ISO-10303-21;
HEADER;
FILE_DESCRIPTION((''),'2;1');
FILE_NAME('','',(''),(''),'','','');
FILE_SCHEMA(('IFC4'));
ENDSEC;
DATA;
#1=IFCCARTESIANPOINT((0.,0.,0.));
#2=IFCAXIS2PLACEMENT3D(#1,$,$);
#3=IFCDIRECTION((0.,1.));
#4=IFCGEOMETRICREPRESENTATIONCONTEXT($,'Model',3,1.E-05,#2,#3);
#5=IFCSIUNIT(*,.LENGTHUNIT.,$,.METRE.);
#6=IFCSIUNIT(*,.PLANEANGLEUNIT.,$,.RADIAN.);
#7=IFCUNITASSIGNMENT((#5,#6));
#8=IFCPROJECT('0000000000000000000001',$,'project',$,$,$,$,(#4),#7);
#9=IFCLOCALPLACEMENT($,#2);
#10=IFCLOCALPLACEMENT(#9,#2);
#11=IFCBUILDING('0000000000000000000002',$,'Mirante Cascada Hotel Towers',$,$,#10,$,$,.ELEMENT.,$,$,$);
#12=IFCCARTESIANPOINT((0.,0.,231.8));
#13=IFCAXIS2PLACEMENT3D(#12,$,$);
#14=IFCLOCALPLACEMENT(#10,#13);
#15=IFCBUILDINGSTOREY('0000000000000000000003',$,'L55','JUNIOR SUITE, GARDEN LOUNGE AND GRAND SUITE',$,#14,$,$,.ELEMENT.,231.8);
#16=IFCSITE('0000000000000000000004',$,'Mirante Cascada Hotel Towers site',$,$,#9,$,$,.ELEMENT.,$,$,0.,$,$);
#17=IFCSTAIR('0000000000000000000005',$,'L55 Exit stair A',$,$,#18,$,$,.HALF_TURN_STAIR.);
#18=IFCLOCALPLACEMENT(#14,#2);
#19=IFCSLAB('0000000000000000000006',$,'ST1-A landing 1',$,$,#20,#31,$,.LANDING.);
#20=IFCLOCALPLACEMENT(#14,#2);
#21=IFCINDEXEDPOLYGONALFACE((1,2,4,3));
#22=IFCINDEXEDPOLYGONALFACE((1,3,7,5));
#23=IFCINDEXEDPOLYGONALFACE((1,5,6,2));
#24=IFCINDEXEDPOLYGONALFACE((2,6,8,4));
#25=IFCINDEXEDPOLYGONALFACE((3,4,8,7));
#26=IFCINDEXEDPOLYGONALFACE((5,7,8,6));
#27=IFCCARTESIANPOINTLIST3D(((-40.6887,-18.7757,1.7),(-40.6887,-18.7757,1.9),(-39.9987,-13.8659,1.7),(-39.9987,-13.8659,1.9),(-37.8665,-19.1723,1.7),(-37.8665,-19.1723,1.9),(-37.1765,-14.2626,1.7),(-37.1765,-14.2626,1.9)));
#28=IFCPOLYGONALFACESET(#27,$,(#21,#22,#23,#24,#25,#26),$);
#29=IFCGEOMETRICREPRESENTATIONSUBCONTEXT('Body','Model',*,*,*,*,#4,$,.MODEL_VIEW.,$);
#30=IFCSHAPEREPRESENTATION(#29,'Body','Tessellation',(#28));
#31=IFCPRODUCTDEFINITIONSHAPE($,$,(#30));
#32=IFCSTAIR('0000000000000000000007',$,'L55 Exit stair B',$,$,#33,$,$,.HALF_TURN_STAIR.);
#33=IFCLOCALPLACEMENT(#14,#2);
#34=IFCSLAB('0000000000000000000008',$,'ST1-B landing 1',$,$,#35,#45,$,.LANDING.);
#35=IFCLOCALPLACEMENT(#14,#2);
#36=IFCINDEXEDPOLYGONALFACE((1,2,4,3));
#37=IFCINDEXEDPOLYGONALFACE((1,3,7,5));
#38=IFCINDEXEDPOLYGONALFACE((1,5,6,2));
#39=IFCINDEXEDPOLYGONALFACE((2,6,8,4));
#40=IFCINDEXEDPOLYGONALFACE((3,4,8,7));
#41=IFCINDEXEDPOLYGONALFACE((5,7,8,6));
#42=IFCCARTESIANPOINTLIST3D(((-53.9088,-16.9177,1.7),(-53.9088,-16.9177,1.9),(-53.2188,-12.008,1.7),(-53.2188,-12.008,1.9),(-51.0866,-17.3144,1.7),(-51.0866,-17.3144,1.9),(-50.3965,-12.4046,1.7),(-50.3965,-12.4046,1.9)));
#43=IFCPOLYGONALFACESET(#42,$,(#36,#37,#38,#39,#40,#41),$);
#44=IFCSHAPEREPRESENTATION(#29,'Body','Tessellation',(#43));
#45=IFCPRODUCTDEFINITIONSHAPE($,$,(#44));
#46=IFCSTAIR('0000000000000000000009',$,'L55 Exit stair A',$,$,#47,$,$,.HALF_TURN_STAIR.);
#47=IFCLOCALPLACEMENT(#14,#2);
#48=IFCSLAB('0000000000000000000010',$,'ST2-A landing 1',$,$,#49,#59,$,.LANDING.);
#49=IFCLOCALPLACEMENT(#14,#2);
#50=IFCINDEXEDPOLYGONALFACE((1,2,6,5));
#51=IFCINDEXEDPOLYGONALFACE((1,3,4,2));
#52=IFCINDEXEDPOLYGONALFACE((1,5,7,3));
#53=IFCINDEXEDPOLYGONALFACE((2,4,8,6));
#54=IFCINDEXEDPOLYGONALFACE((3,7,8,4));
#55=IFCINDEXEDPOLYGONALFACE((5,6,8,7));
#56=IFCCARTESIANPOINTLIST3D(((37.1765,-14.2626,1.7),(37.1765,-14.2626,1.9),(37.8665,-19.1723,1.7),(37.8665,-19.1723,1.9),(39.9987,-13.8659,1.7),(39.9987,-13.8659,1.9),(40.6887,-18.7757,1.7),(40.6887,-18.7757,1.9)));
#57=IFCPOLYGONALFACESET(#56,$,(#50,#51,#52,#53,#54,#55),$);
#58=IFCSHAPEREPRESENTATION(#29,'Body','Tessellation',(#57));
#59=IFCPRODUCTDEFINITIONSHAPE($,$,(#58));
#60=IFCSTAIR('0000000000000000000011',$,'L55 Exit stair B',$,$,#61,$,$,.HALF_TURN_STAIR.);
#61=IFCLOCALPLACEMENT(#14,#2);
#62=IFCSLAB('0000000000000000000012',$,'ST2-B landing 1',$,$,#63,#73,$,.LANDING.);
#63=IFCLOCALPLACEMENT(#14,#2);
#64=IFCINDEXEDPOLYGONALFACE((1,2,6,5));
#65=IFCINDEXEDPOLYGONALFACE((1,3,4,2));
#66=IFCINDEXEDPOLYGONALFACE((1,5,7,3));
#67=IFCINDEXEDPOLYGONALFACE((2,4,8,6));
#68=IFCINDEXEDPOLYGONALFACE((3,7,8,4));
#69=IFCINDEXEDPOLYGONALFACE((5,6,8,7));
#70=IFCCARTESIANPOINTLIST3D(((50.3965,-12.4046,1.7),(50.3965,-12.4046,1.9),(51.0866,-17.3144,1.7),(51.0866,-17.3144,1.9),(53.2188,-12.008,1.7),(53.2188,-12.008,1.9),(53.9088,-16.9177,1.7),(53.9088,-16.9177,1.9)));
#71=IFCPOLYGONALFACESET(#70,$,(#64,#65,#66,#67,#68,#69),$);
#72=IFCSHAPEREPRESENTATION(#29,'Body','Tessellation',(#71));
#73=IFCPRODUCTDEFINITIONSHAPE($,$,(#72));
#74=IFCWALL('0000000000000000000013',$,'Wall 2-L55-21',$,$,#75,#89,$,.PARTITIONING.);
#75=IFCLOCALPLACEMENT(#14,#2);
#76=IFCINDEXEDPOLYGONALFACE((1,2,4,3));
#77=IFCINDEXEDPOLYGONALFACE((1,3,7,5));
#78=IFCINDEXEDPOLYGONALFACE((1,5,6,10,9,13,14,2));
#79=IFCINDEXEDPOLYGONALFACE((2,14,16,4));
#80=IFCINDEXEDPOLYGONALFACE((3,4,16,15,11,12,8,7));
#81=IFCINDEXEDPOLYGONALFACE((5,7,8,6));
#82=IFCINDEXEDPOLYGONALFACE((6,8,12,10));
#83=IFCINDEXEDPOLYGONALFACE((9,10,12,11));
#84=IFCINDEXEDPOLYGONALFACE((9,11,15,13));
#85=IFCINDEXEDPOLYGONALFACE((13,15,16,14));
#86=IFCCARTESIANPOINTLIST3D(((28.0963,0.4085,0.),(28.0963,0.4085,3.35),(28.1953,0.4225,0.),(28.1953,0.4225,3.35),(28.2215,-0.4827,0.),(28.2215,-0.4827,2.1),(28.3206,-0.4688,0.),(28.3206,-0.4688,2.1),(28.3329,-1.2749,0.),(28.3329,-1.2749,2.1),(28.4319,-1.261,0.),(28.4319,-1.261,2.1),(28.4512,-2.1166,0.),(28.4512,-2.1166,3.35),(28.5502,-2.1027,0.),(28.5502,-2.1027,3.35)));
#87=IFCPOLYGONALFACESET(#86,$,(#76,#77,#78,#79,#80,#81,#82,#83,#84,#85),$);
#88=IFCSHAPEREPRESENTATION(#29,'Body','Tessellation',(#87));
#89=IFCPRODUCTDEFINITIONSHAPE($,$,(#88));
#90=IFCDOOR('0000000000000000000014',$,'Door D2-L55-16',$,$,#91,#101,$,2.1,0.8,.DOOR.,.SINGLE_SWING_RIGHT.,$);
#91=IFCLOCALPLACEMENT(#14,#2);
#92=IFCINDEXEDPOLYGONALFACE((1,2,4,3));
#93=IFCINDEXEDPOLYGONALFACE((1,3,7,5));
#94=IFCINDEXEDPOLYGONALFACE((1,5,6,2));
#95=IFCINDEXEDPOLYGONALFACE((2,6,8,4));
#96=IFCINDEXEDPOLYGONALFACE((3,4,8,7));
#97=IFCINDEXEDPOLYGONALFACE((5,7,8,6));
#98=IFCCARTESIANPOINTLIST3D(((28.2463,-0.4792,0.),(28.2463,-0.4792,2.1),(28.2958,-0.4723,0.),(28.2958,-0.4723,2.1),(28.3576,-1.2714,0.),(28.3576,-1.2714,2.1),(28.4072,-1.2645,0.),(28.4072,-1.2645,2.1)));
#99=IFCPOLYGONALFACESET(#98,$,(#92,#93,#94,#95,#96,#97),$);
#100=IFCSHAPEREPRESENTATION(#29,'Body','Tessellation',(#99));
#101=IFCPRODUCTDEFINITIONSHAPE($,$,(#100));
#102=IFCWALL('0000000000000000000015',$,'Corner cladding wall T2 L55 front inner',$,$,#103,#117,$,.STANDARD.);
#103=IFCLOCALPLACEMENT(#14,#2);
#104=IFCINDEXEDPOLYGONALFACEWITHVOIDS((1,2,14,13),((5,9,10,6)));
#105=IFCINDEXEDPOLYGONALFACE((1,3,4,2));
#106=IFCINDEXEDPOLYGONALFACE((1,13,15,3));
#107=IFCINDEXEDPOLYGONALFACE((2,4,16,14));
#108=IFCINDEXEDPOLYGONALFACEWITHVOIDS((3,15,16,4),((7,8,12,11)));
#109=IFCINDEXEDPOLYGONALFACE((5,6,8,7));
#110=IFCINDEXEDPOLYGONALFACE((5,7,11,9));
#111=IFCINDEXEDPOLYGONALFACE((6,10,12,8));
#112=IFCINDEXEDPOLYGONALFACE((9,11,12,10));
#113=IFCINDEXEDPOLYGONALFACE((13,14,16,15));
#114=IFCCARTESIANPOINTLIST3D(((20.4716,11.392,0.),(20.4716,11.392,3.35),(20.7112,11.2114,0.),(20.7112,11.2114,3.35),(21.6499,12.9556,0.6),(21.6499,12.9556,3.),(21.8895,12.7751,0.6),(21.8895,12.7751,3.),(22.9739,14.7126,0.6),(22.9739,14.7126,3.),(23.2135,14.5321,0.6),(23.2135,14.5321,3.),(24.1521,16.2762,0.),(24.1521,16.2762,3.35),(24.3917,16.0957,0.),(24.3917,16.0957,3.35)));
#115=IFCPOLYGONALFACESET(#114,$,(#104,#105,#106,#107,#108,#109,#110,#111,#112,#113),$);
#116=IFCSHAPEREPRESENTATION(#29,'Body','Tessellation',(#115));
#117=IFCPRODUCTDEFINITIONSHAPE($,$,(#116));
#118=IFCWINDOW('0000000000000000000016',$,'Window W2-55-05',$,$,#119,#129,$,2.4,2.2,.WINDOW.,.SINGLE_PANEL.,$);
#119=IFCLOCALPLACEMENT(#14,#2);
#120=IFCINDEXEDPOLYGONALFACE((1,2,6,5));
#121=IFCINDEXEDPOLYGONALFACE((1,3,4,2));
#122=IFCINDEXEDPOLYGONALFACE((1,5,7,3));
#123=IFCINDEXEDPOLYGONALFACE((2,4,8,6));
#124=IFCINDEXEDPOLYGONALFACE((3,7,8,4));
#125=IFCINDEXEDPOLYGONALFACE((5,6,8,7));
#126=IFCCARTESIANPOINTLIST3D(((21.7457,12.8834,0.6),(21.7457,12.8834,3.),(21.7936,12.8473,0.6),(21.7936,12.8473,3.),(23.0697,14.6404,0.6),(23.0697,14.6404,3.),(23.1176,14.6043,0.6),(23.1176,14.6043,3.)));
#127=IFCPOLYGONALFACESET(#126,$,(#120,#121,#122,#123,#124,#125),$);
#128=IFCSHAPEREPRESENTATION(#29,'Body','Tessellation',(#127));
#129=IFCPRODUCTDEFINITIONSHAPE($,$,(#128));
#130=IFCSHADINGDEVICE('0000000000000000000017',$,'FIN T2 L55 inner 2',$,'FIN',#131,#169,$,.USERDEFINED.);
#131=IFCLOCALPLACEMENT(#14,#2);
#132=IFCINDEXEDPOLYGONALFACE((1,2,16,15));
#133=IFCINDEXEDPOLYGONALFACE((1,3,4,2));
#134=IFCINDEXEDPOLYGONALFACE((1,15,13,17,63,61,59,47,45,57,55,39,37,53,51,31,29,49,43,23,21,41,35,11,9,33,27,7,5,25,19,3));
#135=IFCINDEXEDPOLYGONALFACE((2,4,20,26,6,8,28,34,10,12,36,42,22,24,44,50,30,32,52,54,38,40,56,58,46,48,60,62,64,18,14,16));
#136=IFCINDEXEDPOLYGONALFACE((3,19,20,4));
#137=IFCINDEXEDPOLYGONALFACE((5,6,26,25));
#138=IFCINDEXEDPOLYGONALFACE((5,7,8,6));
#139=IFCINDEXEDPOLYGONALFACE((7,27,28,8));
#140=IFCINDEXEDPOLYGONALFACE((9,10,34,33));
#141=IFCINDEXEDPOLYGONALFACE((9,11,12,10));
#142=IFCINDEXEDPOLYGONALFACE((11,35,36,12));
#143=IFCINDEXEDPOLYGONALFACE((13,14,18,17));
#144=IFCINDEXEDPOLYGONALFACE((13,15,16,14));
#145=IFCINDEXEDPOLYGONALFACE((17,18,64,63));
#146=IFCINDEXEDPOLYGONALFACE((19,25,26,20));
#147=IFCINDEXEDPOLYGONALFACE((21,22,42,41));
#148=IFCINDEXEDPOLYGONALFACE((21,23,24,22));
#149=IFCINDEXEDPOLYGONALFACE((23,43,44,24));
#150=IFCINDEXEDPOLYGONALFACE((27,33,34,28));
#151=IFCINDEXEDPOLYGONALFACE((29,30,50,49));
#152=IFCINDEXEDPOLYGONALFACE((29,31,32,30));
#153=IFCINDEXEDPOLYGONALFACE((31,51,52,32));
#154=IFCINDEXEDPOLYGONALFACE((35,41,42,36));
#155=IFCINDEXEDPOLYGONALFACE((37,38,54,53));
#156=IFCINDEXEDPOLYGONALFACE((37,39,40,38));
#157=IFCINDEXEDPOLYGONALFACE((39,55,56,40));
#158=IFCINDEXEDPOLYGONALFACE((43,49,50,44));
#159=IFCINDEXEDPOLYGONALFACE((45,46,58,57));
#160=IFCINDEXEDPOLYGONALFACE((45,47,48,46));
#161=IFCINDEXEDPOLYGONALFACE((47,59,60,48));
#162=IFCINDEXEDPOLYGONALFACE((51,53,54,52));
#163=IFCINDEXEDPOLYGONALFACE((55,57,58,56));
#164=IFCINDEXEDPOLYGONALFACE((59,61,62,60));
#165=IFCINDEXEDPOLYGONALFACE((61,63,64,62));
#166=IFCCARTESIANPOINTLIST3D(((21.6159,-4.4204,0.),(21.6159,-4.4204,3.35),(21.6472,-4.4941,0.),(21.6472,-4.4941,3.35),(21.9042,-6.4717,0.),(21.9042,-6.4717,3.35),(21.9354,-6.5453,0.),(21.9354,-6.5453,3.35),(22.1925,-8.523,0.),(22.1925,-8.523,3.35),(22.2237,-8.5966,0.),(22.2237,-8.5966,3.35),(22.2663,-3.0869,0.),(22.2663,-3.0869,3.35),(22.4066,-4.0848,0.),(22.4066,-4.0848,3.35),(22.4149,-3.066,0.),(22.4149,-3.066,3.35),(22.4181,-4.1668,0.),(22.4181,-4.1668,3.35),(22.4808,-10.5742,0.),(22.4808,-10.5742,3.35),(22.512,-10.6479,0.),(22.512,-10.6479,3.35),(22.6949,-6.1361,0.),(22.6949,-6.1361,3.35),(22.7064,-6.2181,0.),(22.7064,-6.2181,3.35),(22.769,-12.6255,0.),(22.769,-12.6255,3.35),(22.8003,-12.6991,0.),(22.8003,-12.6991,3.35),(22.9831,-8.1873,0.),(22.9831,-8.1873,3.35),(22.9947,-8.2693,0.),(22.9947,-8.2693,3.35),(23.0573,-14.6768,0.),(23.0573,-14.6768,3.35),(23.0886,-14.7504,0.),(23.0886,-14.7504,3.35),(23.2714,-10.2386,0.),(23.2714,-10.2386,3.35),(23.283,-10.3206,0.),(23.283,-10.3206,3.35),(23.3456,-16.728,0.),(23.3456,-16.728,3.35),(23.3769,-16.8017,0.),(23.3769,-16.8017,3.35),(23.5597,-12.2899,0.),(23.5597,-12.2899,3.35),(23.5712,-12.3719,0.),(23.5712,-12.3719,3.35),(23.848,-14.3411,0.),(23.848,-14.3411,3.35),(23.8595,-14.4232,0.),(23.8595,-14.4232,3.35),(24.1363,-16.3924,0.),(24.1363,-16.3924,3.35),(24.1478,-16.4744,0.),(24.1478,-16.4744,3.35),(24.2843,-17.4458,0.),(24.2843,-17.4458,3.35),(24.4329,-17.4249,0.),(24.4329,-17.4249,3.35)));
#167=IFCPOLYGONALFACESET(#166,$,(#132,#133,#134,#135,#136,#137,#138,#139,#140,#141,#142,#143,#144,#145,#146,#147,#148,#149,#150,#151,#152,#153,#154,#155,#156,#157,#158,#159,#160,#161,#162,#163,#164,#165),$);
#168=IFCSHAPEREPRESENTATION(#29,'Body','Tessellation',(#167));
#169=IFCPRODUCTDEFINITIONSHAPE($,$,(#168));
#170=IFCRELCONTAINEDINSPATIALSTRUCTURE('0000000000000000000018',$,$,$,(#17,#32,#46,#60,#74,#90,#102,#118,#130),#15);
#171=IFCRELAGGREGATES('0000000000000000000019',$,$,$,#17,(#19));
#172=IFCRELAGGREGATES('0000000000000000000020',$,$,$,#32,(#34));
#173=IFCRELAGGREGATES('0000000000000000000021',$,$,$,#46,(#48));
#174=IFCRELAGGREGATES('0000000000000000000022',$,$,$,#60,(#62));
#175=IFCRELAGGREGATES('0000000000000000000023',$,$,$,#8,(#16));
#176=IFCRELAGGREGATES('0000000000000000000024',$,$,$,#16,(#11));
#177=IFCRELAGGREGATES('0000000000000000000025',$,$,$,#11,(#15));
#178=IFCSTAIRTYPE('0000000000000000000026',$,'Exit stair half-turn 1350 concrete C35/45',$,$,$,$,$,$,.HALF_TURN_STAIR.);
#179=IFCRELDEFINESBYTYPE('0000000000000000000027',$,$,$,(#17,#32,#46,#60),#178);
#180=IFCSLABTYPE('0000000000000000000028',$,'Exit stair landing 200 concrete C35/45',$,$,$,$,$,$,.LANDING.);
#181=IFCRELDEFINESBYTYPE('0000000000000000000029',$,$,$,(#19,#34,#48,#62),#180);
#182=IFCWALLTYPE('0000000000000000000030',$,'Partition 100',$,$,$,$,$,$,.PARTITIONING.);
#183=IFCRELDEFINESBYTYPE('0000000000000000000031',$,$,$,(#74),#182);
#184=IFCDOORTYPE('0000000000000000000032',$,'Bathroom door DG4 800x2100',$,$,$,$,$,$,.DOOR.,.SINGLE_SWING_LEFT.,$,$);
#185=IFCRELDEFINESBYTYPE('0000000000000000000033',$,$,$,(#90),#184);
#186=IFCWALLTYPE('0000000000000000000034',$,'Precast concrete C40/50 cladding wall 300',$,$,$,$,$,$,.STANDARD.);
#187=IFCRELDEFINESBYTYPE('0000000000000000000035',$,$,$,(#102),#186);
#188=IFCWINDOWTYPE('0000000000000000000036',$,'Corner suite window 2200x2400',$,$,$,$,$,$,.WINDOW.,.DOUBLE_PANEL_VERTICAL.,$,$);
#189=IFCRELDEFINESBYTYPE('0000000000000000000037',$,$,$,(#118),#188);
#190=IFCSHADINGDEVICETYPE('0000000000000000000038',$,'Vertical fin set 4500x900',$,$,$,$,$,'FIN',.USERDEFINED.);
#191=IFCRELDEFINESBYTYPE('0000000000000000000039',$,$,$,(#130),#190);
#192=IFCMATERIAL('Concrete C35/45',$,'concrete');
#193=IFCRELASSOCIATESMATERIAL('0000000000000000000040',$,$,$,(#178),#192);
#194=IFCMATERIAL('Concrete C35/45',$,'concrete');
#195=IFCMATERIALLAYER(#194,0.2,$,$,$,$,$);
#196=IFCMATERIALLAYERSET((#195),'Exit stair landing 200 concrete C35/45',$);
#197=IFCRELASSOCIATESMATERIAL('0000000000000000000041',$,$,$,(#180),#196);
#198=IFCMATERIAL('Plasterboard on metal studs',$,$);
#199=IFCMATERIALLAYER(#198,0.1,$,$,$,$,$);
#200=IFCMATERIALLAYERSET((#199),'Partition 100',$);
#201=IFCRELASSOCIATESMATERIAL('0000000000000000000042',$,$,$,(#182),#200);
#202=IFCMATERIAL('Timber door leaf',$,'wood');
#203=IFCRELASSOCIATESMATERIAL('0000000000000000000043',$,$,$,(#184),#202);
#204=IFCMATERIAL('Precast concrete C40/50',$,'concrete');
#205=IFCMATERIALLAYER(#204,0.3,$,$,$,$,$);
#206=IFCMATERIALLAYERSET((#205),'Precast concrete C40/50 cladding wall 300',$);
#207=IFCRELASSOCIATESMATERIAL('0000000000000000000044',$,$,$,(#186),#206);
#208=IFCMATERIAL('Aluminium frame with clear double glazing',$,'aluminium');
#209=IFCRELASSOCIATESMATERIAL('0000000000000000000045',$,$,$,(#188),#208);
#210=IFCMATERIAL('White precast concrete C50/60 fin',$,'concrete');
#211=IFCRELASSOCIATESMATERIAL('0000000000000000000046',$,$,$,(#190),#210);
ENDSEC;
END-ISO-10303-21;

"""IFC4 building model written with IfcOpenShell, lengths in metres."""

from ifc_helpers import new_model, si_unit, direction, frame, frame_2d, origin, place, context, subcontext, project, spatial, polyline, rectangle, outline, extrude, material, layer, layer_set, type_object, element, fill, aggregate, save


model = new_model("IFC4")

# Units and contexts
model_context = context("Model", 3, precision=1e-05, world=origin(), true_north=direction((0.0, 1.0)))
body_context = subcontext(model_context, "Body", "Model", "MODEL_VIEW")
ifc_project = project(units=[si_unit("LENGTHUNIT", "METRE"), si_unit("PLANEANGLEUNIT", "RADIAN")], contexts=[model_context])

# Site, building, storey
site_placement = place(None, origin())
site = spatial("IfcSite", under=ifc_project, at=site_placement, Name="Mirante Cascada Hotel Towers site", CompositionType="ELEMENT", RefElevation=0.0)
building_placement = place(site_placement, origin())
building = spatial("IfcBuilding", under=site, at=building_placement, Name="Mirante Cascada Hotel Towers", CompositionType="ELEMENT")
storey_placement = place(building_placement, frame((0.0, 0.0, 231.8)))
storey = spatial("IfcBuildingStorey", under=building, at=storey_placement, Name="L55", Description="JUNIOR SUITE, GARDEN LOUNGE AND GRAND SUITE", CompositionType="ELEMENT", Elevation=231.8)

# Stairs, slabs
ifc_material_1 = material(Name="Concrete C35/45", Category="concrete")
stair_type = type_object("IfcStairType", Name="Exit stair half-turn 1350 concrete C35/45", PredefinedType="HALF_TURN_STAIR", material=ifc_material_1)
stair_1_placement = place(storey_placement, origin())
stair_1 = element("IfcStair", 1, at=stair_1_placement, inside=storey, type_object=stair_type, Name="L55 Exit stair A", PredefinedType="HALF_TURN_STAIR")
ifc_material_2 = material(Name="Concrete C35/45", Category="concrete")
ifc_layer_1 = layer(ifc_material_2, 0.2)
ifc_layer_set_1 = layer_set([ifc_layer_1], Name="Exit stair landing 200 concrete C35/45")
slab_type = type_object("IfcSlabType", Name="Exit stair landing 200 concrete C35/45", PredefinedType="LANDING", material=ifc_layer_set_1)
slab_1_placement = place(storey_placement, frame((0.0, 0.0, 1.7)))
slab_1 = element("IfcSlab", 2, at=slab_1_placement, type_object=slab_type, Name="ST1-A landing 1", PredefinedType="LANDING", context=body_context, shape_type="SweptSolid", body=[
    extrude(outline(polyline([(-39.9987, -13.8659), (-40.6887, -18.7757), (-37.8665, -19.1723), (-37.1765, -14.2626), (-39.9987, -13.8659)])), origin(), (0.0, 0.0, 1.0), 0.2),
])
aggregate(stair_1, [slab_1])
stair_2_placement = place(storey_placement, origin())
stair_2 = element("IfcStair", 3, at=stair_2_placement, inside=storey, type_object=stair_type, Name="L55 Exit stair B", PredefinedType="HALF_TURN_STAIR")
slab_2_placement = place(storey_placement, frame((0.0, 0.0, 1.7)))
slab_2 = element("IfcSlab", 4, at=slab_2_placement, type_object=slab_type, Name="ST1-B landing 1", PredefinedType="LANDING", context=body_context, shape_type="SweptSolid", body=[
    extrude(outline(polyline([(-53.2188, -12.008), (-53.9088, -16.9177), (-51.0866, -17.3144), (-50.3965, -12.4046), (-53.2188, -12.008)])), origin(), (0.0, 0.0, 1.0), 0.2),
])
aggregate(stair_2, [slab_2])
stair_3_placement = place(storey_placement, origin())
stair_3 = element("IfcStair", 5, at=stair_3_placement, inside=storey, type_object=stair_type, Name="L55 Exit stair A", PredefinedType="HALF_TURN_STAIR")
slab_3_placement = place(storey_placement, frame((0.0, 0.0, 1.7)))
slab_3 = element("IfcSlab", 6, at=slab_3_placement, type_object=slab_type, Name="ST2-A landing 1", PredefinedType="LANDING", context=body_context, shape_type="SweptSolid", body=[
    extrude(outline(polyline([(37.1765, -14.2626), (37.8665, -19.1723), (40.6887, -18.7757), (39.9987, -13.8659), (37.1765, -14.2626)])), origin(), (0.0, 0.0, 1.0), 0.2),
])
aggregate(stair_3, [slab_3])
stair_4_placement = place(storey_placement, origin())
stair_4 = element("IfcStair", 7, at=stair_4_placement, inside=storey, type_object=stair_type, Name="L55 Exit stair B", PredefinedType="HALF_TURN_STAIR")
slab_4_placement = place(storey_placement, frame((0.0, 0.0, 1.7)))
slab_4 = element("IfcSlab", 8, at=slab_4_placement, type_object=slab_type, Name="ST2-B landing 1", PredefinedType="LANDING", context=body_context, shape_type="SweptSolid", body=[
    extrude(outline(polyline([(50.3965, -12.4046), (51.0866, -17.3144), (53.9088, -16.9177), (53.2188, -12.008), (50.3965, -12.4046)])), origin(), (0.0, 0.0, 1.0), 0.2),
])
aggregate(stair_4, [slab_4])

# Wall, opening, door
ifc_material_3 = material(Name="Plasterboard on metal studs")
ifc_layer_2 = layer(ifc_material_3, 0.1)
ifc_layer_set_2 = layer_set([ifc_layer_2], Name="Partition 100")
wall_type_1 = type_object("IfcWallType", Name="Partition 100", PredefinedType="PARTITIONING", material=ifc_layer_set_2)
wall_1_placement = place(storey_placement, frame((28.1458, 0.4155, 0.0), z_axis=(0.0, 0.0, 1.0), x_axis=(0.139176, -0.990268, 0.0)))
wall_1 = element("IfcWall", 9, at=wall_1_placement, inside=storey, type_object=wall_type_1, Name="Wall 2-L55-21", PredefinedType="PARTITIONING", context=body_context, shape_type="SweptSolid", body=[
    extrude(rectangle(XDim=2.55, YDim=0.1, at=frame_2d((1.275, 0.0))), origin(), (0.0, 0.0, 1.0), 3.35),
])
opening_1_placement = place(wall_1_placement, frame((0.9, 0.0, 0.0)))
opening_1 = element("IfcOpeningElement", 10, at=opening_1_placement, cuts=wall_1, PredefinedType="OPENING", context=body_context, shape_type="SweptSolid", body=[
    extrude(rectangle(XDim=0.8, YDim=2.1, at=frame_2d((0.4, 1.05))), frame((0.0, 0.05, 0.0), z_axis=(0.0, -1.0, 0.0), x_axis=(1.0, 0.0, 0.0)), (0.0, 0.0, 1.0), 0.1),
])
ifc_material_4 = material(Name="Timber door leaf", Category="wood")
door_type = type_object("IfcDoorType", Name="Bathroom door DG4 800x2100", OperationType="SINGLE_SWING_LEFT", PredefinedType="DOOR", material=ifc_material_4)
door_placement = place(opening_1_placement, frame((0.8, 0.0, 0.0), z_axis=(0.0, 0.0, 1.0), x_axis=(-1.0, 0.0, 0.0)))
door = element("IfcDoor", 11, at=door_placement, inside=storey, type_object=door_type, Name="Door D2-L55-16", OperationType="SINGLE_SWING_RIGHT", OverallHeight=2.1, OverallWidth=0.8, PredefinedType="DOOR", context=body_context, shape_type="SweptSolid", body=[
    extrude(rectangle(XDim=0.8, YDim=2.1, at=frame_2d((0.4, 1.05))), frame((0.0, 0.025, 0.0), z_axis=(0.0, -1.0, 0.0), x_axis=(1.0, 0.0, 0.0)), (0.0, 0.0, 1.0), 0.05),
])
fill(opening_1, door)

# Wall, opening, window
ifc_material_5 = material(Name="Precast concrete C40/50", Category="concrete")
ifc_layer_3 = layer(ifc_material_5, 0.3)
ifc_layer_set_3 = layer_set([ifc_layer_3], Name="Precast concrete C40/50 cladding wall 300")
wall_type_2 = type_object("IfcWallType", Name="Precast concrete C40/50 cladding wall 300", PredefinedType="STANDARD", material=ifc_layer_set_3)
wall_2_placement = place(storey_placement, frame((24.2719, 16.1859, 0.0), z_axis=(0.0, 0.0, 1.0), x_axis=(-0.601814, -0.798636, 0.0)))
wall_2 = element("IfcWall", 12, at=wall_2_placement, inside=storey, type_object=wall_type_2, Name="Corner cladding wall T2 L55 front inner", PredefinedType="STANDARD", context=body_context, shape_type="SweptSolid", body=[
    extrude(rectangle(XDim=6.1157, YDim=0.3, at=frame_2d((3.0578, 0.0))), origin(), (0.0, 0.0, 1.0), 3.35),
])
opening_2_placement = place(wall_2_placement, frame((1.9578, 0.0, 0.6)))
opening_2 = element("IfcOpeningElement", 13, at=opening_2_placement, cuts=wall_2, PredefinedType="OPENING", context=body_context, shape_type="SweptSolid", body=[
    extrude(rectangle(XDim=2.2, YDim=2.4, at=frame_2d((1.1, 1.2))), frame((0.0, 0.15, 0.0), z_axis=(0.0, -1.0, 0.0), x_axis=(1.0, 0.0, 0.0)), (0.0, 0.0, 1.0), 0.3),
])
ifc_material_6 = material(Name="Aluminium frame with clear double glazing", Category="aluminium")
window_type = type_object("IfcWindowType", Name="Corner suite window 2200x2400", PartitioningType="DOUBLE_PANEL_VERTICAL", PredefinedType="WINDOW", material=ifc_material_6)
window_placement = place(opening_2_placement, origin())
window = element("IfcWindow", 14, at=window_placement, inside=storey, type_object=window_type, Name="Window W2-55-05", OverallHeight=2.4, OverallWidth=2.2, PartitioningType="SINGLE_PANEL", PredefinedType="WINDOW", context=body_context, shape_type="SweptSolid", body=[
    extrude(rectangle(XDim=2.2, YDim=2.4, at=frame_2d((1.1, 1.2))), frame((0.0, 0.03, 0.0), z_axis=(0.0, -1.0, 0.0), x_axis=(1.0, 0.0, 0.0)), (0.0, 0.0, 1.0), 0.06),
])
fill(opening_2, window)

# Shading device
ifc_material_7 = material(Name="White precast concrete C50/60 fin", Category="concrete")
shading_device_type = type_object("IfcShadingDeviceType", Name="Vertical fin set 4500x900", ElementType="FIN", PredefinedType="USERDEFINED", material=ifc_material_7)
shading_device_1_placement = place(storey_placement, origin())
element("IfcShadingDevice", 15, at=shading_device_1_placement, inside=storey, type_object=shading_device_type, Name="FIN T2 L55 inner 2", ObjectType="FIN", PredefinedType="USERDEFINED", context=body_context, shape_type="SweptSolid", body=[
    extrude(outline(polyline([(23.3456, -16.728), (24.1363, -16.3924), (23.8595, -14.4232), (23.0886, -14.7504), (23.0573, -14.6768), (23.848, -14.3411), (23.5712, -12.3719), (22.8003, -12.6991), (22.769, -12.6255), (23.5597, -12.2899), (23.283, -10.3206), (22.512, -10.6479), (22.4808, -10.5742), (23.2714, -10.2386), (22.9947, -8.2693), (22.2237, -8.5966), (22.1925, -8.523), (22.9831, -8.1873), (22.7064, -6.2181), (21.9354, -6.5453), (21.9042, -6.4717), (22.6949, -6.1361), (22.4181, -4.1668), (21.6472, -4.4941), (21.6159, -4.4204), (22.4066, -4.0848), (22.2663, -3.0869), (22.4149, -3.066), (24.4329, -17.4249), (24.2843, -17.4458), (24.1478, -16.4744), (23.3769, -16.8017), (23.3456, -16.728)])), origin(), (0.0, 0.0, 1.0), 3.35),
])

save(model, "model.ifc")
